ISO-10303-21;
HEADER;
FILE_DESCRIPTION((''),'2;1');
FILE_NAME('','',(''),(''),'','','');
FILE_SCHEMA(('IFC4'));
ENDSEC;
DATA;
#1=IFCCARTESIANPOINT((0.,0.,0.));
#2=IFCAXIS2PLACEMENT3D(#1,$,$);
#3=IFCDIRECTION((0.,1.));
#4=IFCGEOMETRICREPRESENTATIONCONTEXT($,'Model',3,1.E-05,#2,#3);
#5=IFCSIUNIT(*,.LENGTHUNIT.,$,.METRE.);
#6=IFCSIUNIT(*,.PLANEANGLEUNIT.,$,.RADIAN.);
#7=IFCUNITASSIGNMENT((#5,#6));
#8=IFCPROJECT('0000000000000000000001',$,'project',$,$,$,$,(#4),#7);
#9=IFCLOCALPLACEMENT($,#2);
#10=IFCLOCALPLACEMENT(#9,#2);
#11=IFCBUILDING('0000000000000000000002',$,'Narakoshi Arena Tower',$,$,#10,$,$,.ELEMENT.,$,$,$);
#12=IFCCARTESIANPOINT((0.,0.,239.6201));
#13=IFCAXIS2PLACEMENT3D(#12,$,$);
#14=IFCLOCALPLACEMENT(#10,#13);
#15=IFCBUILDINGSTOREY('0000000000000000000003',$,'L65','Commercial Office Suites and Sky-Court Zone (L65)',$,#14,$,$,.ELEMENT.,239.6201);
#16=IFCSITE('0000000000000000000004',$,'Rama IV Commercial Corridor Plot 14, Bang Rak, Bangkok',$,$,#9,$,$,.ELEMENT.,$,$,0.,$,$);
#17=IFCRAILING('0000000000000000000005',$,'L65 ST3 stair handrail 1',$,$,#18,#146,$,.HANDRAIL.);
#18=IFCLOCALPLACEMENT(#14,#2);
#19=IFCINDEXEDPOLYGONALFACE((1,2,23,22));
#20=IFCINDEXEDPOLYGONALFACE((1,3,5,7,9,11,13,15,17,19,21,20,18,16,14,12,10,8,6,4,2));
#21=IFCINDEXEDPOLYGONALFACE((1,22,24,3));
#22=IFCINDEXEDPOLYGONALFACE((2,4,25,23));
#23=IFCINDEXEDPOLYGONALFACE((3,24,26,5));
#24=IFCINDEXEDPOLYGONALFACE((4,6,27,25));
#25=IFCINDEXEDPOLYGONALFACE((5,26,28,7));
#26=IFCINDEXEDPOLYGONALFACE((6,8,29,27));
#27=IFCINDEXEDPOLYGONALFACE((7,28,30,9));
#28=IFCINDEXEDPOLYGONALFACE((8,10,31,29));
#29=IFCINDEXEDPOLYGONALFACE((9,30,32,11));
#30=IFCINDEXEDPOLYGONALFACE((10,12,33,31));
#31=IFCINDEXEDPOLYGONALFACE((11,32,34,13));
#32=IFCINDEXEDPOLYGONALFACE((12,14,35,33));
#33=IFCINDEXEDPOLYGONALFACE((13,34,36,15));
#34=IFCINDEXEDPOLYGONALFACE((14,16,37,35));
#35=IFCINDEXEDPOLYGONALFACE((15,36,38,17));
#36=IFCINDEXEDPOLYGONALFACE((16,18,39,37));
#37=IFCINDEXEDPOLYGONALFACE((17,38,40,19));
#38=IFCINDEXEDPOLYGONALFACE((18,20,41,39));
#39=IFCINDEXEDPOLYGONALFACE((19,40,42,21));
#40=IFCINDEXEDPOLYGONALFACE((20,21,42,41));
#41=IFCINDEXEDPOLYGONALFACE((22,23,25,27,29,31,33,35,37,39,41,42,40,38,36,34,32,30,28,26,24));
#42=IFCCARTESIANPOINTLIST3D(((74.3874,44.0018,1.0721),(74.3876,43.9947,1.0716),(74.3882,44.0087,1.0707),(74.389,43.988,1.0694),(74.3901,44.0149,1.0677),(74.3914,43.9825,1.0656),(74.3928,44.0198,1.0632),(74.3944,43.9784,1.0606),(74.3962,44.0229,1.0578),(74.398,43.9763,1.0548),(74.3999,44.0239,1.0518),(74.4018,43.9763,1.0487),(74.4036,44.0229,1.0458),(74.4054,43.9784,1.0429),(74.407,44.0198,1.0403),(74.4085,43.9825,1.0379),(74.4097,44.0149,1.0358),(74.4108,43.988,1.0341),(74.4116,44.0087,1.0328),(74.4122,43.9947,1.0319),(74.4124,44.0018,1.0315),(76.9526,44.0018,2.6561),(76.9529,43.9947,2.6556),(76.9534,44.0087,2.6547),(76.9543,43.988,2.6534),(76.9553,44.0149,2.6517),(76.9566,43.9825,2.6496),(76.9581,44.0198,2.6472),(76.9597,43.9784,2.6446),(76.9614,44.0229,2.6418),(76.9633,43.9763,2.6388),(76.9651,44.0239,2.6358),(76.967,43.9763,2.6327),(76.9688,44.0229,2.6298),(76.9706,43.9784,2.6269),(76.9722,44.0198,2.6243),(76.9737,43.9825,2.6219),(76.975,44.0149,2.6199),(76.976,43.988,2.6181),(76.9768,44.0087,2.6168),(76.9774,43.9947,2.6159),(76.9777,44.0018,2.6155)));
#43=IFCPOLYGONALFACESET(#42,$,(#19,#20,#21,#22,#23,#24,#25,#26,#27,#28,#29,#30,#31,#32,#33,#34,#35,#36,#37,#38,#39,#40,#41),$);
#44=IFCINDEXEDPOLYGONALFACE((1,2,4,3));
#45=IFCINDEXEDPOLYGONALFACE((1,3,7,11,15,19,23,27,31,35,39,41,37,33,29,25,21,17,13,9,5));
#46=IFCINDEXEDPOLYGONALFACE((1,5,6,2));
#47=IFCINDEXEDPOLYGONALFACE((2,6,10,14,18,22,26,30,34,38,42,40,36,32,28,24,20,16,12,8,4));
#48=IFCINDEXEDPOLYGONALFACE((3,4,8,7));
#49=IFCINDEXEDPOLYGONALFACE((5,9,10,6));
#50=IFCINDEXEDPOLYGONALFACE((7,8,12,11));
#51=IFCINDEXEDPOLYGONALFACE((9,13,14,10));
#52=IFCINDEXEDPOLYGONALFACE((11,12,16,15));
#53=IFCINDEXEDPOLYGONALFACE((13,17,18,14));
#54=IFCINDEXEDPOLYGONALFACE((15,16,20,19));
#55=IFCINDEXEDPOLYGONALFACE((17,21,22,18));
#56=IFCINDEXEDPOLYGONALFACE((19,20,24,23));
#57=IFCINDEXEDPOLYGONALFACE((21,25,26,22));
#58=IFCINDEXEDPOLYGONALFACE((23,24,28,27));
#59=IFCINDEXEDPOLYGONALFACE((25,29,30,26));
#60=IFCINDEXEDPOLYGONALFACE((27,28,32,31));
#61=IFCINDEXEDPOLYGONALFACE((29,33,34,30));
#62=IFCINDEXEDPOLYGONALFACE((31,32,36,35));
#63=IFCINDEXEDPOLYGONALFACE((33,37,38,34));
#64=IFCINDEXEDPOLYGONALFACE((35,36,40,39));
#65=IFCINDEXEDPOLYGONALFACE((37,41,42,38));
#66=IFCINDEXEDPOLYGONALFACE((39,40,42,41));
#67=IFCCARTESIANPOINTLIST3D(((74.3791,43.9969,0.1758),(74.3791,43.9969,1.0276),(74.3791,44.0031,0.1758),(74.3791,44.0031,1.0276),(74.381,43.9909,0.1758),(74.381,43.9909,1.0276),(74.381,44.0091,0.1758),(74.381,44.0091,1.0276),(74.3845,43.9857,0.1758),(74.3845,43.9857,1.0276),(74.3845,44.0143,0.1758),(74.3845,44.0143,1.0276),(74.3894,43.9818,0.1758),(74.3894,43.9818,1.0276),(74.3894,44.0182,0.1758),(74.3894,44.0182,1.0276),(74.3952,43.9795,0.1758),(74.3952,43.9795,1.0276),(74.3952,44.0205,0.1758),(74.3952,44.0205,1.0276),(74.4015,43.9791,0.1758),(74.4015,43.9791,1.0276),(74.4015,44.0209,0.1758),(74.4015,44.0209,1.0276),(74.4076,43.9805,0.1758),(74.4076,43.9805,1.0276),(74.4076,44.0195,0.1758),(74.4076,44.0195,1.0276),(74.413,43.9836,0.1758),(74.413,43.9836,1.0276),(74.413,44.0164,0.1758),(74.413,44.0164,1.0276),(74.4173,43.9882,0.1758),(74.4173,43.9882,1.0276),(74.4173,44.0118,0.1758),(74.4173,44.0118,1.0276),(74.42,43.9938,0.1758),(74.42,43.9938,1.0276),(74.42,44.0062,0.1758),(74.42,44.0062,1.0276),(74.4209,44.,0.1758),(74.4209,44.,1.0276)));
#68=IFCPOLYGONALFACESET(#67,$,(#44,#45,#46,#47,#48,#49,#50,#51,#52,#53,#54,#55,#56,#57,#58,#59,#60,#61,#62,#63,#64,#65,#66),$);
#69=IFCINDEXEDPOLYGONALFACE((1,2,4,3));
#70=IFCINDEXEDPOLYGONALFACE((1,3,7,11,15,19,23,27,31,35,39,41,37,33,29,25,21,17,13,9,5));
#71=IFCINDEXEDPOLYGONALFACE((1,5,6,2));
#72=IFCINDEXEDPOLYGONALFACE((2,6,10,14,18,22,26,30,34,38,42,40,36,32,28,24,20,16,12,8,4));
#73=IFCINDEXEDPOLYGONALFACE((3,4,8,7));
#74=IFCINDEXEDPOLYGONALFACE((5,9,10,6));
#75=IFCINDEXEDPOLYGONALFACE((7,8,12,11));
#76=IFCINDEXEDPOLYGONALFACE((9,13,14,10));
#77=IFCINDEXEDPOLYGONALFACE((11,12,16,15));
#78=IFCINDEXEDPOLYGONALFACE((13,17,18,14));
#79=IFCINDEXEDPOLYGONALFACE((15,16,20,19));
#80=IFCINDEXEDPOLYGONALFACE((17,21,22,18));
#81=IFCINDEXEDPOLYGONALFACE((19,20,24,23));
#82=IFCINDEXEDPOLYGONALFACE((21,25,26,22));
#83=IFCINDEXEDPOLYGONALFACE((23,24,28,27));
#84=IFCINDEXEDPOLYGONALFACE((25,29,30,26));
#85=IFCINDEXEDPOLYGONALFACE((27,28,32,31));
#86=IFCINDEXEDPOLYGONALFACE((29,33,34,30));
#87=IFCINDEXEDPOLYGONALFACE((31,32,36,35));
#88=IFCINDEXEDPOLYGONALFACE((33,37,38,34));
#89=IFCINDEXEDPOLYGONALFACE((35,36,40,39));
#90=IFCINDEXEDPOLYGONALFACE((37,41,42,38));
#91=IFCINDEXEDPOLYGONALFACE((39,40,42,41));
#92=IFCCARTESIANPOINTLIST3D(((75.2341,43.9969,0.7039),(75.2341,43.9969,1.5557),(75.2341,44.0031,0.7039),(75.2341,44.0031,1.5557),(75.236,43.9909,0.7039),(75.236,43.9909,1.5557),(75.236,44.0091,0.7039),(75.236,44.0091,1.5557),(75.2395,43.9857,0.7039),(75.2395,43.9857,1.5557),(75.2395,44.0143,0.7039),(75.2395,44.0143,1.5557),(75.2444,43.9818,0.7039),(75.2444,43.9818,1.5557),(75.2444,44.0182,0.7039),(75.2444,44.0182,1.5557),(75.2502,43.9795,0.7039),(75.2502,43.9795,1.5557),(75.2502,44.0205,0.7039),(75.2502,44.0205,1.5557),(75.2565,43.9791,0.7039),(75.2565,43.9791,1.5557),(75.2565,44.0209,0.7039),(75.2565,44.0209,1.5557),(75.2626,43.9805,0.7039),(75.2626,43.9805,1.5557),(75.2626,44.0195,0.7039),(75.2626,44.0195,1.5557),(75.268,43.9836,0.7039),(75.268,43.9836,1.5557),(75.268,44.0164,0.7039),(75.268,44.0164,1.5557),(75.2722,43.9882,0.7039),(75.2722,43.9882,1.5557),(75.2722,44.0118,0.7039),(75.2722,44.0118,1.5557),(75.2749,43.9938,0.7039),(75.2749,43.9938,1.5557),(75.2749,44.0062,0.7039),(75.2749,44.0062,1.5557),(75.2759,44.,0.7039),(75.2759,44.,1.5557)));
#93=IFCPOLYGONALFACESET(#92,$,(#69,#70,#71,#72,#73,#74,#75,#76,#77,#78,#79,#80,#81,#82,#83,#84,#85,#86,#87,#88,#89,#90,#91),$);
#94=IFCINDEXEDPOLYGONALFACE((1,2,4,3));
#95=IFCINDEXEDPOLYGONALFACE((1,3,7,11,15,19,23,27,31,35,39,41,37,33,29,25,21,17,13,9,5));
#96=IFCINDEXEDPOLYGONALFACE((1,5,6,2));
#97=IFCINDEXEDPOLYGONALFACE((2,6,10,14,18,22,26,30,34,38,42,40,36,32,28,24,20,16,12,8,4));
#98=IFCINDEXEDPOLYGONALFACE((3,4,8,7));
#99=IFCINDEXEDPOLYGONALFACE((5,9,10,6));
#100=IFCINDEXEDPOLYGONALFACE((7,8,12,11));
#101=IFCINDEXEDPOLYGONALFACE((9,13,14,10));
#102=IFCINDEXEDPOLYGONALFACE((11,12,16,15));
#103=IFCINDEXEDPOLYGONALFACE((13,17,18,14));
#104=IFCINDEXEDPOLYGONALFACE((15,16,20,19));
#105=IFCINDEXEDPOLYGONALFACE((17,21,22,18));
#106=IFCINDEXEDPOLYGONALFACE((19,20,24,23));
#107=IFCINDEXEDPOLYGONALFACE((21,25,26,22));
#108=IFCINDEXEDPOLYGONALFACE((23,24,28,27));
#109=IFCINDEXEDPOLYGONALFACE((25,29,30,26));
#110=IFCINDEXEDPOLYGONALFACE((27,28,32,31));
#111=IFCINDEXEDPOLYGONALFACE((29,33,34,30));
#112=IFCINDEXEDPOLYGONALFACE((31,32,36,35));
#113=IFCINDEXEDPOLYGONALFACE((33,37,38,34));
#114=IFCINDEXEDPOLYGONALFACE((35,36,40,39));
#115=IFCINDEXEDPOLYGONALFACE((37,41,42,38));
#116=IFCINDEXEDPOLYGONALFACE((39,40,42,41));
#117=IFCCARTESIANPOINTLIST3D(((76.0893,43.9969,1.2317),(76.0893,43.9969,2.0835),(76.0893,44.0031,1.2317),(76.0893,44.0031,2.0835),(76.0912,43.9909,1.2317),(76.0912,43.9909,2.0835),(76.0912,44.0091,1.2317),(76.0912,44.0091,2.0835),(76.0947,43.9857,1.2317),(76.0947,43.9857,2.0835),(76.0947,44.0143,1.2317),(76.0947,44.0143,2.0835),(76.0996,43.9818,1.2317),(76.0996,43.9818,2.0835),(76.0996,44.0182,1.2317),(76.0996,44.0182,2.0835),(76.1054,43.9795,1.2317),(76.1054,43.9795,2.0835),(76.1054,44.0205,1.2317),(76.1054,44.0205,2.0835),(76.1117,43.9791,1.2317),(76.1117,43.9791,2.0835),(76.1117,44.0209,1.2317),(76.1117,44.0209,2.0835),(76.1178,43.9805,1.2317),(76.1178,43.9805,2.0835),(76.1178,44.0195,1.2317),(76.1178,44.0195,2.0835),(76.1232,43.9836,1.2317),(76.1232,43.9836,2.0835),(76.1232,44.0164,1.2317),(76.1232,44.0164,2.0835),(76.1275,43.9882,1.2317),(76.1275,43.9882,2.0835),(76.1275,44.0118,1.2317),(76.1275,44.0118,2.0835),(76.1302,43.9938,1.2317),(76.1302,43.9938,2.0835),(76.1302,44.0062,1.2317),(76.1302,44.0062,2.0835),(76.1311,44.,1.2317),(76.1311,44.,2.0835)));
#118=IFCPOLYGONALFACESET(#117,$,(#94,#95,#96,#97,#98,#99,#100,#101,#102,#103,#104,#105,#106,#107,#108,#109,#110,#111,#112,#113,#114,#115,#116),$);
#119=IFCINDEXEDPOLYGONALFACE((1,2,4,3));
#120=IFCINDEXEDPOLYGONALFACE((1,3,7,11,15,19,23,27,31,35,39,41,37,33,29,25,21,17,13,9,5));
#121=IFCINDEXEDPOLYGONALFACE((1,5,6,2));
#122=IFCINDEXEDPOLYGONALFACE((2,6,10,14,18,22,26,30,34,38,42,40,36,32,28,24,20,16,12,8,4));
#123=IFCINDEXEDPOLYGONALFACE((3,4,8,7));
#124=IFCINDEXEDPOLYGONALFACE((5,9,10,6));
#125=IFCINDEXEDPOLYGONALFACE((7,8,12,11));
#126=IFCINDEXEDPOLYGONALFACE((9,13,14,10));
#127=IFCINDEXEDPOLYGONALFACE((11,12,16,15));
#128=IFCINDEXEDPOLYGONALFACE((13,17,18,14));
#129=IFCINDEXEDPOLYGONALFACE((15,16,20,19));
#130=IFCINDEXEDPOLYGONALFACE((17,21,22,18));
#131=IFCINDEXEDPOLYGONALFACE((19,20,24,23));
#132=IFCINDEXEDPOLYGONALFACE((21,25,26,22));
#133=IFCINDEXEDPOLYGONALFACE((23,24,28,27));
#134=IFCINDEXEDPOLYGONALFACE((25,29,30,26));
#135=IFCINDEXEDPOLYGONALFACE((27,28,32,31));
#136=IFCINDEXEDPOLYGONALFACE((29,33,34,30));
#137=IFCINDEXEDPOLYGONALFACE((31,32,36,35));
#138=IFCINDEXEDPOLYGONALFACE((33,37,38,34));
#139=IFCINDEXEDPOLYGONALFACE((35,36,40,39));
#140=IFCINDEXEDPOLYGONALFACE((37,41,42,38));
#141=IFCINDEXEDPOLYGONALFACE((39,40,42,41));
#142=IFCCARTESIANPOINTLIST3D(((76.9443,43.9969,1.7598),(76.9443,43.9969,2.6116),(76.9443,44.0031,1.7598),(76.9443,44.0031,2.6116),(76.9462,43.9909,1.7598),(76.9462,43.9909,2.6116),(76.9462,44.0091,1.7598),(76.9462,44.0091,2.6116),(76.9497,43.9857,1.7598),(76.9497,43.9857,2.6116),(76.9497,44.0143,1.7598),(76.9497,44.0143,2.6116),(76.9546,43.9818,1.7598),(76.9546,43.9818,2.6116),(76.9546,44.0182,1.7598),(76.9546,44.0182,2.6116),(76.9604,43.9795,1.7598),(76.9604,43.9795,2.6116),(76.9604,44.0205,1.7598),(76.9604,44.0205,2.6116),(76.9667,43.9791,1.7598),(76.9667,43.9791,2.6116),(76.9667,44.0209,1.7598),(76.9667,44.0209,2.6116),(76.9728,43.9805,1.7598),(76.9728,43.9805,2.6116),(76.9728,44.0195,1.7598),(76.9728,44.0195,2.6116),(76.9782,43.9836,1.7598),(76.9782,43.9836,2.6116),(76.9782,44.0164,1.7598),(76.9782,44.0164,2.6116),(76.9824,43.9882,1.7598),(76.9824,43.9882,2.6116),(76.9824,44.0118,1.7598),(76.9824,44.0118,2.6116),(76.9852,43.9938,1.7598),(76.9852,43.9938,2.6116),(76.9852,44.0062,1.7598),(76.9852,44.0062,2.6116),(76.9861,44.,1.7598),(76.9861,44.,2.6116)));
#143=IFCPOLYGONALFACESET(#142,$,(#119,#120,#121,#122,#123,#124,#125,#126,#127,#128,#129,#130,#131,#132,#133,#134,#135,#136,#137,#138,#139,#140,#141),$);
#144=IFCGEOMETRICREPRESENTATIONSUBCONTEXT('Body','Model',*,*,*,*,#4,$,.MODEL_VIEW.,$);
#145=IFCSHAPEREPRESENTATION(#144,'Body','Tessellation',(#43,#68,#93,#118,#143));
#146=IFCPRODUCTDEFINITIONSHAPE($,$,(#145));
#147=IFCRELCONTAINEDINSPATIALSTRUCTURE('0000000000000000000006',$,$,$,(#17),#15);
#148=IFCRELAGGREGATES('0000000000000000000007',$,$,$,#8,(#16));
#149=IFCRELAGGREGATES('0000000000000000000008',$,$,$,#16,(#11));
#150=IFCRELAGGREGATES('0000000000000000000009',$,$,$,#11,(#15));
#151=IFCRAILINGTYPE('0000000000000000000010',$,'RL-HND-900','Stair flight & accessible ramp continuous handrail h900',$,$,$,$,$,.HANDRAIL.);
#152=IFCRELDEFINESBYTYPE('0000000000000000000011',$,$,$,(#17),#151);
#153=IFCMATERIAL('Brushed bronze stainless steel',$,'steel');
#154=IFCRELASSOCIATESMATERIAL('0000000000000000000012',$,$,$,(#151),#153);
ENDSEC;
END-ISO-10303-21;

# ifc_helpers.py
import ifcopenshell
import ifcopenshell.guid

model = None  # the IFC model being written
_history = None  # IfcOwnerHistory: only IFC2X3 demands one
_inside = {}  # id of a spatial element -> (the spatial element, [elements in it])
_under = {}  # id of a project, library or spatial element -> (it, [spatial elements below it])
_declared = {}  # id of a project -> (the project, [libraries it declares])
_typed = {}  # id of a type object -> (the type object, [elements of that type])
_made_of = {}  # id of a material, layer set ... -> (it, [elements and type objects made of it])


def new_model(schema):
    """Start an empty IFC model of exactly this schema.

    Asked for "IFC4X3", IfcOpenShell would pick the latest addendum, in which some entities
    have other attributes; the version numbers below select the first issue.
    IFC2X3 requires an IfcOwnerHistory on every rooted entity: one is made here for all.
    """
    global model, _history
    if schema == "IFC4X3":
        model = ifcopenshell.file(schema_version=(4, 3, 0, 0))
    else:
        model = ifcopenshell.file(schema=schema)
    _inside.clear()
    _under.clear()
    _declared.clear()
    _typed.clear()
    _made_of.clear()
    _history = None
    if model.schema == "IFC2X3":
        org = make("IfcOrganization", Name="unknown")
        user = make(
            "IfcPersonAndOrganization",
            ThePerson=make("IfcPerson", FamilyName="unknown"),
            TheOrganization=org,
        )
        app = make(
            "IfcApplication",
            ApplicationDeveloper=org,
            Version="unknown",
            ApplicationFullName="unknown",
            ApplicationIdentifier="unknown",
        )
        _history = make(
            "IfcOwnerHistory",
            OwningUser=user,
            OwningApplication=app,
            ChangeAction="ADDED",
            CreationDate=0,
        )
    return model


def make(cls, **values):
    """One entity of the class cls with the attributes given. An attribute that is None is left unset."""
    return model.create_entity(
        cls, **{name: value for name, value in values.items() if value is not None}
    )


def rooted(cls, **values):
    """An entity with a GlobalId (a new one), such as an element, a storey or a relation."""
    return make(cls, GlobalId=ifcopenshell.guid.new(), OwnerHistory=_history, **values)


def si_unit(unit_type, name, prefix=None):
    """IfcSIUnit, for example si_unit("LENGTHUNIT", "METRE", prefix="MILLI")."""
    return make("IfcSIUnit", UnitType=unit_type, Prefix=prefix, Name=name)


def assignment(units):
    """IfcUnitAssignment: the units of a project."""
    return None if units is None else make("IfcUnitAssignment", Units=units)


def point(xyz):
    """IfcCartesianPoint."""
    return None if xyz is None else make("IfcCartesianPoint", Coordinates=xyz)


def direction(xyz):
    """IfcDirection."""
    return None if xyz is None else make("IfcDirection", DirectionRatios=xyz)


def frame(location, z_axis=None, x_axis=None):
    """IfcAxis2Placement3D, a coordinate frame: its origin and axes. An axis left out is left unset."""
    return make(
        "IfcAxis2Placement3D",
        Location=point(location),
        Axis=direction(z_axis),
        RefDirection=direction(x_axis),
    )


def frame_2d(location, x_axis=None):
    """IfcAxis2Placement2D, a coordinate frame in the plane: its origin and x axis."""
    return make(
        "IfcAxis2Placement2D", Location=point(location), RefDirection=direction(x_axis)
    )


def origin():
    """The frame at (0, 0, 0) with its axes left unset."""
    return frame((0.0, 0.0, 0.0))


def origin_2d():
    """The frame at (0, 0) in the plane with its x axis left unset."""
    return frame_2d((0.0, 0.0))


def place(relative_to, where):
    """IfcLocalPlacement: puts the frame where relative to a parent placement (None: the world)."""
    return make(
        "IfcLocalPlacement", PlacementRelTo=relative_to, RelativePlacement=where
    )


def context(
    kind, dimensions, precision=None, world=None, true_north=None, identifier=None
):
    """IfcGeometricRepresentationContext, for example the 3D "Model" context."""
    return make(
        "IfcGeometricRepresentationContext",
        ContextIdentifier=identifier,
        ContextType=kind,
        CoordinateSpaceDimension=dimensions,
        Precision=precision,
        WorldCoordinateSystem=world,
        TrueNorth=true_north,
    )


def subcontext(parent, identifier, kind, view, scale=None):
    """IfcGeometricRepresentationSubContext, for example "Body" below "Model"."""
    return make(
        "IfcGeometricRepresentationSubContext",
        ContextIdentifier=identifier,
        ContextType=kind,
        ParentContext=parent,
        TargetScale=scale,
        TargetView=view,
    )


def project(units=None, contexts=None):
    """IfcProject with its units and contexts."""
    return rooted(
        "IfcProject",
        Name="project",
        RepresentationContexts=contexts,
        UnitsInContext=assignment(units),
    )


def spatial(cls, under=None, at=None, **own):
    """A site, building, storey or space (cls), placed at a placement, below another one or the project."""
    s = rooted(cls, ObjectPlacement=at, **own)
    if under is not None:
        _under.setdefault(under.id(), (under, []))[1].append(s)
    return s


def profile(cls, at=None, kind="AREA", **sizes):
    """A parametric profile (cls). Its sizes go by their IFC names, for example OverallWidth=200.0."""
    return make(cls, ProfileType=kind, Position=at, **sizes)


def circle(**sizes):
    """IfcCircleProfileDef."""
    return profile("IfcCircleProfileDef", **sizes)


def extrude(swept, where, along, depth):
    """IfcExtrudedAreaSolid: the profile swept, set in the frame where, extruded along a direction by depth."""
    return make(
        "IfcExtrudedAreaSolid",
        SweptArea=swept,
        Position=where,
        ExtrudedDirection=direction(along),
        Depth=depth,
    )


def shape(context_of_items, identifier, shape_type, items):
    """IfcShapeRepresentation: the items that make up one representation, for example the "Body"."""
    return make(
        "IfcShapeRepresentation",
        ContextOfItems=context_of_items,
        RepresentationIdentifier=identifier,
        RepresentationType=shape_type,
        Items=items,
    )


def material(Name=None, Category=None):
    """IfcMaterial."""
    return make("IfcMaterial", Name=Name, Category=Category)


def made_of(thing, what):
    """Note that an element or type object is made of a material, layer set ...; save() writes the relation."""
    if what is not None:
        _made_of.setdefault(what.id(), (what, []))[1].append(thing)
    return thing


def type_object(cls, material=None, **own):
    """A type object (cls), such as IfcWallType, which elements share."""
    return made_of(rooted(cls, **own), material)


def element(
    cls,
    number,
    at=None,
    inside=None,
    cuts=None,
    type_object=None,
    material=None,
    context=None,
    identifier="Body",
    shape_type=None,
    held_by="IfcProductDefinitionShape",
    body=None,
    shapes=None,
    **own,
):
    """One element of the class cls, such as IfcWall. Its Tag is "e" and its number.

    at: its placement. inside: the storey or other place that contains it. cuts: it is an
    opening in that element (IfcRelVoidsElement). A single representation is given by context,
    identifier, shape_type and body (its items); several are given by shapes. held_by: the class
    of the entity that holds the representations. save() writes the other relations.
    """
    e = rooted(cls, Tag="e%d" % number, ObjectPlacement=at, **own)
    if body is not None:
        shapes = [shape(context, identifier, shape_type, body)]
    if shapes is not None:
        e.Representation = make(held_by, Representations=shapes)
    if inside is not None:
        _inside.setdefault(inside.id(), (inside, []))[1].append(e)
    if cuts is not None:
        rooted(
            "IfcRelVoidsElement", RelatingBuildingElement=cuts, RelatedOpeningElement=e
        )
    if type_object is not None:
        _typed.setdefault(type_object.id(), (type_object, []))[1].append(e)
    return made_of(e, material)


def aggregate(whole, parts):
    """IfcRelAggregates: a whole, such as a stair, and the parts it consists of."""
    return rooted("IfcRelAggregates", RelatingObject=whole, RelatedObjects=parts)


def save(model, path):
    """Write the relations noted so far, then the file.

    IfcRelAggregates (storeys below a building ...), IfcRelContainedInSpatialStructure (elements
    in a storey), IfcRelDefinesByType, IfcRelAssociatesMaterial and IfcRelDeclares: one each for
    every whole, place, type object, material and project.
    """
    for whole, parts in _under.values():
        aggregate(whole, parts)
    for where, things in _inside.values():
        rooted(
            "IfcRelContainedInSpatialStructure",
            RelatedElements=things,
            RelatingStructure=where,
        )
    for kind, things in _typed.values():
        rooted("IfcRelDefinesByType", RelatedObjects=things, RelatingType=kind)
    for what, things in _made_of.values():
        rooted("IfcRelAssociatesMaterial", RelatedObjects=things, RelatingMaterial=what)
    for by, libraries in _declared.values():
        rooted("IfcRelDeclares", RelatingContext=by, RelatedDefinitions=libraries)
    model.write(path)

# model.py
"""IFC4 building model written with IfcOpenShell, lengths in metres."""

from ifc_helpers import new_model, si_unit, direction, frame, origin, origin_2d, place, context, subcontext, project, spatial, circle, extrude, material, type_object, element, save


model = new_model("IFC4")

# Units and contexts
model_context = context("Model", 3, precision=1e-05, world=origin(), true_north=direction((0.0, 1.0)))
body_context = subcontext(model_context, "Body", "Model", "MODEL_VIEW")
ifc_project = project(units=[si_unit("LENGTHUNIT", "METRE"), si_unit("PLANEANGLEUNIT", "RADIAN")], contexts=[model_context])

# Site, building, storey
site_placement = place(None, origin())
site = spatial("IfcSite", under=ifc_project, at=site_placement, Name="Rama IV Commercial Corridor Plot 14, Bang Rak, Bangkok", CompositionType="ELEMENT", RefElevation=0.0)
building_placement = place(site_placement, origin())
building = spatial("IfcBuilding", under=site, at=building_placement, Name="Narakoshi Arena Tower", CompositionType="ELEMENT")
storey_placement = place(building_placement, frame((0.0, 0.0, 239.6201)))
storey = spatial("IfcBuildingStorey", under=building, at=storey_placement, Name="L65", Description="Commercial Office Suites and Sky-Court Zone (L65)", CompositionType="ELEMENT", Elevation=239.6201)

# Railing
ifc_material_1 = material(Name="Brushed bronze stainless steel", Category="steel")
railing_type_1 = type_object("IfcRailingType", Name="RL-HND-900", Description="Stair flight & accessible ramp continuous handrail h900", PredefinedType="HANDRAIL", material=ifc_material_1)
railing_1_placement = place(storey_placement, frame((74.3999, 44.0, 0.1758)))
element("IfcRailing", 1, at=railing_1_placement, inside=storey, type_object=railing_type_1, Name="L65 ST3 stair handrail 1", PredefinedType="HANDRAIL", context=body_context, shape_type="SweptSolid", body=[
    extrude(circle(Radius=0.0239, at=origin_2d()), frame((0.0, 0.0, 0.876), z_axis=(0.850857, 0.0, 0.525398), x_axis=(0.0, 1.0, 0.0)), (0.0, 0.0, 1.0), 3.0149),
    extrude(circle(Radius=0.021, at=origin_2d()), origin(), (0.0, 0.0, 1.0), 0.8518),
    extrude(circle(Radius=0.021, at=origin_2d()), frame((0.855, 0.0, 0.5281)), (0.0, 0.0, 1.0), 0.8518),
    extrude(circle(Radius=0.021, at=origin_2d()), frame((1.7102, 0.0, 1.0559)), (0.0, 0.0, 1.0), 0.8518),
    extrude(circle(Radius=0.021, at=origin_2d()), frame((2.5652, 0.0, 1.584)), (0.0, 0.0, 1.0), 0.8518),
])

save(model, "model.ifc")
